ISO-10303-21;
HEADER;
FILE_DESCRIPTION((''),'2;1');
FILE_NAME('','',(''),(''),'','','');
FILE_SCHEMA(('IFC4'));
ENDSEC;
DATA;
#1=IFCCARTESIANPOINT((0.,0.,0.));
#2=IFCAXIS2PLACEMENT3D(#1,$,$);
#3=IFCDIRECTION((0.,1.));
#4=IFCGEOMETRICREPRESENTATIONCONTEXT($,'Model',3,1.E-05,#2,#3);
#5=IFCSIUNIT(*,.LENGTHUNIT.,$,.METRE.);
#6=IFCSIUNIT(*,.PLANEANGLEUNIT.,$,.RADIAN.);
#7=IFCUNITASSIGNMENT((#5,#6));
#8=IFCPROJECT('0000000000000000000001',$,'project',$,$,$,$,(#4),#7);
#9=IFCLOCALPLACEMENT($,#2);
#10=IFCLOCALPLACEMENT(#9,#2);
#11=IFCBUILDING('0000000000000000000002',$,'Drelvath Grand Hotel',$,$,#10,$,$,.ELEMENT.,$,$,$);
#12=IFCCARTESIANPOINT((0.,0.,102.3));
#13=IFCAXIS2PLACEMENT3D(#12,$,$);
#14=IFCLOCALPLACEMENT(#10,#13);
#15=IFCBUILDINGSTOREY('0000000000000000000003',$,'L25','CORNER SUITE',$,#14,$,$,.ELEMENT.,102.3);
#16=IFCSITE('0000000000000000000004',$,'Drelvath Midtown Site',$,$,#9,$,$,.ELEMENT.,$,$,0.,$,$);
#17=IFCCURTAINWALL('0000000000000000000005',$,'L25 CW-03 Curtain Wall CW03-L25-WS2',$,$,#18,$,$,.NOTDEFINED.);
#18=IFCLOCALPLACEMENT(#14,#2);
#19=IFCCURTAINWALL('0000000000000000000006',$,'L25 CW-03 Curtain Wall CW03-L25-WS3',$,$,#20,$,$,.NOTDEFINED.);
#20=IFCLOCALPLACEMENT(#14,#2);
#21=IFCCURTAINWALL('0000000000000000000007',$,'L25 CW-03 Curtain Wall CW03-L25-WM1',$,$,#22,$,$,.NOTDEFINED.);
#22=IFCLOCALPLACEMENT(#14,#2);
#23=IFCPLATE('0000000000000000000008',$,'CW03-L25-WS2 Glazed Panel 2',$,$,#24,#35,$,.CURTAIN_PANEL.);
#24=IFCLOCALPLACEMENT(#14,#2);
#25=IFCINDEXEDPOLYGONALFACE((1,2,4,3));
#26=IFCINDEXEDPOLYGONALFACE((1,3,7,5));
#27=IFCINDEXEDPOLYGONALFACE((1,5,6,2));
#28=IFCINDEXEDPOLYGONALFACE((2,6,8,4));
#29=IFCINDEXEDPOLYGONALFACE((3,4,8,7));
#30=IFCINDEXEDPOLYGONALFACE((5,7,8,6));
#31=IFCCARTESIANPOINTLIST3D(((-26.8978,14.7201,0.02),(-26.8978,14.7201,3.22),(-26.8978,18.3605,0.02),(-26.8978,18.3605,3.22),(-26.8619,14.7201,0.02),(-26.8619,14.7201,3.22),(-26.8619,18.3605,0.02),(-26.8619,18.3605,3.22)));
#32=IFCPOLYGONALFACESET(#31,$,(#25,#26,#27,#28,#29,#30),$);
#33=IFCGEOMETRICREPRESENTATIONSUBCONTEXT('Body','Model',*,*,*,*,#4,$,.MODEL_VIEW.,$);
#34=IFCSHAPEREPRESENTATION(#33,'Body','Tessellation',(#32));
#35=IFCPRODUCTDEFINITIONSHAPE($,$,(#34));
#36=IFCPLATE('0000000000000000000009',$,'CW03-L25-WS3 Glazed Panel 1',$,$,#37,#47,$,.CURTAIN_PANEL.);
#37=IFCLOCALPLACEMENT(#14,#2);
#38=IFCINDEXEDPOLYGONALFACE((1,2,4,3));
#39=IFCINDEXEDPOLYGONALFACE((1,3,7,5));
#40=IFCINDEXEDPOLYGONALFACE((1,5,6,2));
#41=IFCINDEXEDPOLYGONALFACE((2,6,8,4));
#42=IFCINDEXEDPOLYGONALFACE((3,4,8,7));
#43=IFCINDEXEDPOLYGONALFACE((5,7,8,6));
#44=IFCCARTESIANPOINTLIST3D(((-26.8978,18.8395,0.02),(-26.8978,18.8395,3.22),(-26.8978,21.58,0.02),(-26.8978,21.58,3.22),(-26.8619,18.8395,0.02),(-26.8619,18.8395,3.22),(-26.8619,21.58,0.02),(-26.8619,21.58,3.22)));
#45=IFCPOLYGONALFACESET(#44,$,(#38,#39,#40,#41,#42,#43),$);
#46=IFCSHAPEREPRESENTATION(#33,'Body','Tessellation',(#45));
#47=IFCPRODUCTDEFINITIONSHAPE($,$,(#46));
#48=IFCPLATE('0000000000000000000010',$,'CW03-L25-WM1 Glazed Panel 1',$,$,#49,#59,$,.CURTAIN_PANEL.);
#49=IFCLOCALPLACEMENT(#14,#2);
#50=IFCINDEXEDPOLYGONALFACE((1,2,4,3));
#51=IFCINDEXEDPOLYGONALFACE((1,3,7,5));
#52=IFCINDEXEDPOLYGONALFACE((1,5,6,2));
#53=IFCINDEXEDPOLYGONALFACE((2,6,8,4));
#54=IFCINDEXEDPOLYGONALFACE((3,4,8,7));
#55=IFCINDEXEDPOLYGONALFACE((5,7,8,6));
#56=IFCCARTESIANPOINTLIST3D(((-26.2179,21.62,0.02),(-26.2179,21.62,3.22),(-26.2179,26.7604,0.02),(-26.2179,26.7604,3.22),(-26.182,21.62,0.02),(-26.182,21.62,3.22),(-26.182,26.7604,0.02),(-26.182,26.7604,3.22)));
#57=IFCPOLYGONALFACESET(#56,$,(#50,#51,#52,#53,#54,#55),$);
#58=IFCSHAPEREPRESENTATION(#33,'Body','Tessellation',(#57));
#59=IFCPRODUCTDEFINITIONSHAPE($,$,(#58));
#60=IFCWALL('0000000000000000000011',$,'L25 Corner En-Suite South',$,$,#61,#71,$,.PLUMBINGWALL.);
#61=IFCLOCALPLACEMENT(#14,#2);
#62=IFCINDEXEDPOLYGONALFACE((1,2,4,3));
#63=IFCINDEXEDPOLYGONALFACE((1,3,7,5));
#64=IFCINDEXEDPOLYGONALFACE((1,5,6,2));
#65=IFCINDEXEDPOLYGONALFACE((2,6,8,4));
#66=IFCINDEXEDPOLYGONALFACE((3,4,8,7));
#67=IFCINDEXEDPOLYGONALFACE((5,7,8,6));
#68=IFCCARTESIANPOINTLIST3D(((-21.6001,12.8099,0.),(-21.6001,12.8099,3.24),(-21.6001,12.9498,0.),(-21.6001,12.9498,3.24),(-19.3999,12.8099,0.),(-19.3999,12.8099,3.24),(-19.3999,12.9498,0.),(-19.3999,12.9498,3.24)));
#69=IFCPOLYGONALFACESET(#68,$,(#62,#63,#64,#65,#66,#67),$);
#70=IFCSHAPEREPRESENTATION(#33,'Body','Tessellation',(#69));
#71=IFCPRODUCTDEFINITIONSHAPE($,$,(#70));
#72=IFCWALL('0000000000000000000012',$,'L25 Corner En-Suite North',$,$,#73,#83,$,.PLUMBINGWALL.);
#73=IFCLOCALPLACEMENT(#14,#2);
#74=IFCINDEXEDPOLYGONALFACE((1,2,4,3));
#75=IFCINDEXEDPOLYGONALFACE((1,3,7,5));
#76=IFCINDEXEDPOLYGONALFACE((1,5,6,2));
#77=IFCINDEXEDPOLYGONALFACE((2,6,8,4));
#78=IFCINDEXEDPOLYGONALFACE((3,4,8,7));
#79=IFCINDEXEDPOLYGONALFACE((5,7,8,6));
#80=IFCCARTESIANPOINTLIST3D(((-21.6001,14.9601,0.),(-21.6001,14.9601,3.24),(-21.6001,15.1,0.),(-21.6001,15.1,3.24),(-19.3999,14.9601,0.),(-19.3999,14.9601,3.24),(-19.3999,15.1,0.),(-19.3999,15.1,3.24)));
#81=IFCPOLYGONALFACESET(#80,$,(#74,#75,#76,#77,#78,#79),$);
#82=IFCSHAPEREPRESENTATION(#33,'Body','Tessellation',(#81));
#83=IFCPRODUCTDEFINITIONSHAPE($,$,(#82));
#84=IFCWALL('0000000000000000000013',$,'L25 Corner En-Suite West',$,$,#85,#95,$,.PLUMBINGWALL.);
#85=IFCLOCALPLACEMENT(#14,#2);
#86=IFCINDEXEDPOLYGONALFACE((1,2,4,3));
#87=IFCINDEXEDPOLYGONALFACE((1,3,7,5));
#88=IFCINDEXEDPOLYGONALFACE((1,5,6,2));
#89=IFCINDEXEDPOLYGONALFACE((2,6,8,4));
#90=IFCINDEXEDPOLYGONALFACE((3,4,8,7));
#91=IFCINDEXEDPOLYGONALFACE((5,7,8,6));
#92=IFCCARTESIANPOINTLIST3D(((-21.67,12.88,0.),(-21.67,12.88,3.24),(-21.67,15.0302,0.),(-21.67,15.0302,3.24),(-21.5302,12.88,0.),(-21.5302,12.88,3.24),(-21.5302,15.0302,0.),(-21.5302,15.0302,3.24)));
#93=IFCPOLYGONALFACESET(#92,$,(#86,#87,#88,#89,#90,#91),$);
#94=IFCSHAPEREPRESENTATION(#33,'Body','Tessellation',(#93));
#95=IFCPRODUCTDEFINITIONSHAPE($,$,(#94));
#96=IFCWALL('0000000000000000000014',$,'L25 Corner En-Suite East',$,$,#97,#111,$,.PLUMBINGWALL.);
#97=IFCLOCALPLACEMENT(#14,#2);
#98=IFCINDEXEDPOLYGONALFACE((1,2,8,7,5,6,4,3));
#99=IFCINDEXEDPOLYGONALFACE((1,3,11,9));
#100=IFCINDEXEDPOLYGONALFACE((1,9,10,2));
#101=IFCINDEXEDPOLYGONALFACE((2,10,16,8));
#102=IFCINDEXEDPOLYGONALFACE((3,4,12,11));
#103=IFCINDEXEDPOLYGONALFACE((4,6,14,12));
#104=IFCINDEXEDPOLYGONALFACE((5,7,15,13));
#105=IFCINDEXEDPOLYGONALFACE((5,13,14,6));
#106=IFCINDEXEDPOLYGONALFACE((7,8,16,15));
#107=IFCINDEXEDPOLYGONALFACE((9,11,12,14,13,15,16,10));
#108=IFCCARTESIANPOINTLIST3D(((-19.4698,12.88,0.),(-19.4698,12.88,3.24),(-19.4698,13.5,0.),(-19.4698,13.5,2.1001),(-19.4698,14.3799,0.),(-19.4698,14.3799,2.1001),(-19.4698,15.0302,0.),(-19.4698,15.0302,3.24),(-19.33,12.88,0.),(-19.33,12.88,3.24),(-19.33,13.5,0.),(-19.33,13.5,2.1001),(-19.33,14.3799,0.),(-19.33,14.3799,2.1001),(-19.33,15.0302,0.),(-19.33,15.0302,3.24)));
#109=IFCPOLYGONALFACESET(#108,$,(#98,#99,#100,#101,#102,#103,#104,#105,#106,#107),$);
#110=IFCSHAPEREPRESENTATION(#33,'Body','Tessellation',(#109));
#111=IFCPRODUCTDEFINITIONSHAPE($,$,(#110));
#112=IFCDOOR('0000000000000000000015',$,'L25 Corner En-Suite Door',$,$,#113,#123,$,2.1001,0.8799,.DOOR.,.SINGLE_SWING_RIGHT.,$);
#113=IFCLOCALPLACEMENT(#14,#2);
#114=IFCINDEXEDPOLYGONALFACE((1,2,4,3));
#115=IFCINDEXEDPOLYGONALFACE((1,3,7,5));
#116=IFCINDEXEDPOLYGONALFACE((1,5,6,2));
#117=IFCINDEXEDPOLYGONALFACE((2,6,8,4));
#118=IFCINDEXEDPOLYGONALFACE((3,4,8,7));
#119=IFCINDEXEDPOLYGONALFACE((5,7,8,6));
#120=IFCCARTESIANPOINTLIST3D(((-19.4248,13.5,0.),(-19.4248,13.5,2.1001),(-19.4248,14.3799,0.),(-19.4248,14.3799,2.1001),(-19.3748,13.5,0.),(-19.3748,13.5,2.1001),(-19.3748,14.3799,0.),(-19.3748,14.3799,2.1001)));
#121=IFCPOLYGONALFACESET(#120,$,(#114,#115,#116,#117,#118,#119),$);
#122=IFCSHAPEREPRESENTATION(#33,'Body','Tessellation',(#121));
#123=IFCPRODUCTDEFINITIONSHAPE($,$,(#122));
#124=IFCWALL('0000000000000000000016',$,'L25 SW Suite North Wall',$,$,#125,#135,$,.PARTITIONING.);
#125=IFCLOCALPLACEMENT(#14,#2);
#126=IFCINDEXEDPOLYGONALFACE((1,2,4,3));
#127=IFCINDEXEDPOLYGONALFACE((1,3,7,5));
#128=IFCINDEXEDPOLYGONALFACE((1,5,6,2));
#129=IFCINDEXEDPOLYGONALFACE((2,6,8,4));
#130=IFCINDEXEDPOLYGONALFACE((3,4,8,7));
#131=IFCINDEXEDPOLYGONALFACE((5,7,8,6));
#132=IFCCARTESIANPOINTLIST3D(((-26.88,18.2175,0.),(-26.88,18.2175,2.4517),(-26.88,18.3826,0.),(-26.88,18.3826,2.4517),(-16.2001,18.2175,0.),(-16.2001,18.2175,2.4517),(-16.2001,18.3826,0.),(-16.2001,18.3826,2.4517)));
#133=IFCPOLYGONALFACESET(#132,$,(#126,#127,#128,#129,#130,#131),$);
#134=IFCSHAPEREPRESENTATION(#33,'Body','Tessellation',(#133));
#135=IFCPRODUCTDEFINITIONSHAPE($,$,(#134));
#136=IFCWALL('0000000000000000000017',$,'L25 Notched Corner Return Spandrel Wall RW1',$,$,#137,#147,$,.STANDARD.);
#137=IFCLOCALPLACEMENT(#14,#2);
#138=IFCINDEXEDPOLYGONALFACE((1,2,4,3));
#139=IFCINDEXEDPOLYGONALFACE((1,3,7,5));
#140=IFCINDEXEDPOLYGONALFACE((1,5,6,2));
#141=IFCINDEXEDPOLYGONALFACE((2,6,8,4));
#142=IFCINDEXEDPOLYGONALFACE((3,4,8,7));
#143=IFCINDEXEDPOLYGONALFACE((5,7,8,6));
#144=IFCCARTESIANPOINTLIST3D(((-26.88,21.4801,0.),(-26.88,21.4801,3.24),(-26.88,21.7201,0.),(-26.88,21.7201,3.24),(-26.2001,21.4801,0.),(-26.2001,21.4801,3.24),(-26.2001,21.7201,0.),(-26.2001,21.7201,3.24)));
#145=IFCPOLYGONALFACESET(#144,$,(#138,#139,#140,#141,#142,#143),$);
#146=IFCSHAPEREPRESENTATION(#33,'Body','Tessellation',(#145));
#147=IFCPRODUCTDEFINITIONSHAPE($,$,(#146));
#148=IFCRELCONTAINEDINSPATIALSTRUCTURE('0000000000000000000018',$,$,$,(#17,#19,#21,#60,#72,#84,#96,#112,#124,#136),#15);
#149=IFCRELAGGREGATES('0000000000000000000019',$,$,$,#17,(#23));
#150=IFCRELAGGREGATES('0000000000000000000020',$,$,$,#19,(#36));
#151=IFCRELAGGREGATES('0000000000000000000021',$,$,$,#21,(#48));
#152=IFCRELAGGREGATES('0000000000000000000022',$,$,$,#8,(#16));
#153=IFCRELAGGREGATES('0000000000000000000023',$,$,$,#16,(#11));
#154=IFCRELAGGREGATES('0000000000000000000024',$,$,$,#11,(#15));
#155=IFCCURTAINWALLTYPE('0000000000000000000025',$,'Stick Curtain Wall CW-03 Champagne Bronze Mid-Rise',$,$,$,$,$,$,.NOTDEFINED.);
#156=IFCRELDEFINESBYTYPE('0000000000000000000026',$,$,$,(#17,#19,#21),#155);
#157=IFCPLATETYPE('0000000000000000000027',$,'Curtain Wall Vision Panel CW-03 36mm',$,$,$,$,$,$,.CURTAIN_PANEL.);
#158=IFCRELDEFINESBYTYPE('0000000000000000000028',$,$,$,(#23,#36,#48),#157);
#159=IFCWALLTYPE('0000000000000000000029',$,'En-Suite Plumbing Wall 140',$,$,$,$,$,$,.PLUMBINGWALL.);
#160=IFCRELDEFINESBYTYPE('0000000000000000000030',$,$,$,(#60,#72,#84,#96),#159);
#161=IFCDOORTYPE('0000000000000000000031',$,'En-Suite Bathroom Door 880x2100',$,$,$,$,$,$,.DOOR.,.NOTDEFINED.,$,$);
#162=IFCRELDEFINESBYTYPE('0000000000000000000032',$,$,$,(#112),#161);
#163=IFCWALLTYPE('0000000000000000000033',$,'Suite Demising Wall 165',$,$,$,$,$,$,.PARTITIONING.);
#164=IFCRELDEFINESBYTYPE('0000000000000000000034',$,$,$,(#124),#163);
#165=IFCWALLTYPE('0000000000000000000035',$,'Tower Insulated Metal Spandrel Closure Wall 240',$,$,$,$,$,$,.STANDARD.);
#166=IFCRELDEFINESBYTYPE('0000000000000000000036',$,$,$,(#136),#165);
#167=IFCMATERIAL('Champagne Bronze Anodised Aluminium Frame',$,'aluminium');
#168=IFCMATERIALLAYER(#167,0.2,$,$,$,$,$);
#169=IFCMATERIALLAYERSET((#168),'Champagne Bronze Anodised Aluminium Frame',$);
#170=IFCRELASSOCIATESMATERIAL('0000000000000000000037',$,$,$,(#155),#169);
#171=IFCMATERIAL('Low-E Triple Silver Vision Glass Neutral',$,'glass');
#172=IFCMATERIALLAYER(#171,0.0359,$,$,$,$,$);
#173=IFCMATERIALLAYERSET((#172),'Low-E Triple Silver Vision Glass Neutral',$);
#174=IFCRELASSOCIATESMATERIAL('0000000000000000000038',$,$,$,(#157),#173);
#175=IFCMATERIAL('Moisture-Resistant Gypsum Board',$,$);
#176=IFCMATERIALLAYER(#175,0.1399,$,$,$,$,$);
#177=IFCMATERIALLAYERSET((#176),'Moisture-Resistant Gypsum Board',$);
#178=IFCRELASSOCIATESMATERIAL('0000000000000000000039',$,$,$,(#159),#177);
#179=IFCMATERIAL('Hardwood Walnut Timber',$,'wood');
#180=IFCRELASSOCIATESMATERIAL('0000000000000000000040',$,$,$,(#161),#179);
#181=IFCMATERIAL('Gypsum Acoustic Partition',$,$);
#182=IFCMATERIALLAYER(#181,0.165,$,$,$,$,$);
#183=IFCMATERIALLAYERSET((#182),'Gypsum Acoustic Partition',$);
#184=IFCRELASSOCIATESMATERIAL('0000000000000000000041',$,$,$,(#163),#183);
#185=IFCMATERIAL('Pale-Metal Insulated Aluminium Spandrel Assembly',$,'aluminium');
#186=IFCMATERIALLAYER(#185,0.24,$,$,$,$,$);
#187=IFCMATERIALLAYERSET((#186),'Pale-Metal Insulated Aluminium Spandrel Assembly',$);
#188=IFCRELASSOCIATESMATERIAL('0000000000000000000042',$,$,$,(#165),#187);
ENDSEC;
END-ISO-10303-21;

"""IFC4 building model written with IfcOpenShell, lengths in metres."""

from ifc_helpers import new_model, si_unit, direction, frame, frame_2d, origin, origin_2d, place, context, subcontext, project, spatial, rectangle, extrude, material, layer, layer_set, type_object, element, fill, aggregate, save


model = new_model("IFC4")

# Units and contexts
model_context = context("Model", 3, precision=1e-05, world=origin(), true_north=direction((0.0, 1.0)))
body_context = subcontext(model_context, "Body", "Model", "MODEL_VIEW")
ifc_project = project(units=[si_unit("LENGTHUNIT", "METRE"), si_unit("PLANEANGLEUNIT", "RADIAN")], contexts=[model_context])

# Site, building, storey
site_placement = place(None, origin())
site = spatial("IfcSite", under=ifc_project, at=site_placement, Name="Drelvath Midtown Site", CompositionType="ELEMENT", RefElevation=0.0)
building_placement = place(site_placement, origin())
building = spatial("IfcBuilding", under=site, at=building_placement, Name="Drelvath Grand Hotel", CompositionType="ELEMENT")
storey_placement = place(building_placement, frame((0.0, 0.0, 102.3)))
storey = spatial("IfcBuildingStorey", under=building, at=storey_placement, Name="L25", Description="CORNER SUITE", CompositionType="ELEMENT", Elevation=102.3)

# Curtain walls
ifc_material_1 = material(Name="Champagne Bronze Anodised Aluminium Frame", Category="aluminium")
ifc_layer_1 = layer(ifc_material_1, 0.2)
ifc_layer_set_1 = layer_set([ifc_layer_1], Name="Champagne Bronze Anodised Aluminium Frame")
curtain_wall_type = type_object("IfcCurtainWallType", Name="Stick Curtain Wall CW-03 Champagne Bronze Mid-Rise", PredefinedType="NOTDEFINED", material=ifc_layer_set_1)
curtain_wall_1_placement = place(storey_placement, origin())
curtain_wall_1 = element("IfcCurtainWall", 1, at=curtain_wall_1_placement, inside=storey, type_object=curtain_wall_type, Name="L25 CW-03 Curtain Wall CW03-L25-WS2", PredefinedType="NOTDEFINED")
curtain_wall_2_placement = place(storey_placement, origin())
curtain_wall_2 = element("IfcCurtainWall", 2, at=curtain_wall_2_placement, inside=storey, type_object=curtain_wall_type, Name="L25 CW-03 Curtain Wall CW03-L25-WS3", PredefinedType="NOTDEFINED")
curtain_wall_3_placement = place(storey_placement, origin())
curtain_wall_3 = element("IfcCurtainWall", 3, at=curtain_wall_3_placement, inside=storey, type_object=curtain_wall_type, Name="L25 CW-03 Curtain Wall CW03-L25-WM1", PredefinedType="NOTDEFINED")

# Plates
ifc_material_2 = material(Name="Low-E Triple Silver Vision Glass Neutral", Category="glass")
ifc_layer_2 = layer(ifc_material_2, 0.0359)
ifc_layer_set_2 = layer_set([ifc_layer_2], Name="Low-E Triple Silver Vision Glass Neutral")
plate_type = type_object("IfcPlateType", Name="Curtain Wall Vision Panel CW-03 36mm", PredefinedType="CURTAIN_PANEL", material=ifc_layer_set_2)
plate_1_placement = place(storey_placement, frame((-26.8799, 16.5403, 0.02), z_axis=(0.0, 0.0, 1.0), x_axis=(0.0, 1.0, 0.0)))
plate_1 = element("IfcPlate", 4, at=plate_1_placement, type_object=plate_type, Name="CW03-L25-WS2 Glazed Panel 2", PredefinedType="CURTAIN_PANEL", context=body_context, shape_type="SweptSolid", body=[
    extrude(rectangle(XDim=3.6404, YDim=0.0359, at=origin_2d()), origin(), (0.0, 0.0, 1.0), 3.2),
])
aggregate(curtain_wall_1, [plate_1])
plate_2_placement = place(storey_placement, frame((-26.8799, 20.2097, 0.02), z_axis=(0.0, 0.0, 1.0), x_axis=(0.0, 1.0, 0.0)))
plate_2 = element("IfcPlate", 5, at=plate_2_placement, type_object=plate_type, Name="CW03-L25-WS3 Glazed Panel 1", PredefinedType="CURTAIN_PANEL", context=body_context, shape_type="SweptSolid", body=[
    extrude(rectangle(XDim=2.7405, YDim=0.0359, at=origin_2d()), origin(), (0.0, 0.0, 1.0), 3.2),
])
aggregate(curtain_wall_2, [plate_2])
plate_3_placement = place(storey_placement, frame((-26.2, 24.1902, 0.02), z_axis=(0.0, 0.0, 1.0), x_axis=(0.0, 1.0, 0.0)))
plate_3 = element("IfcPlate", 6, at=plate_3_placement, type_object=plate_type, Name="CW03-L25-WM1 Glazed Panel 1", PredefinedType="CURTAIN_PANEL", context=body_context, shape_type="SweptSolid", body=[
    extrude(rectangle(XDim=5.1404, YDim=0.0359, at=origin_2d()), origin(), (0.0, 0.0, 1.0), 3.2),
])
aggregate(curtain_wall_3, [plate_3])

# Walls
ifc_material_3 = material(Name="Moisture-Resistant Gypsum Board")
ifc_layer_3 = layer(ifc_material_3, 0.1399)
ifc_layer_set_3 = layer_set([ifc_layer_3], Name="Moisture-Resistant Gypsum Board")
wall_type_1 = type_object("IfcWallType", Name="En-Suite Plumbing Wall 140", PredefinedType="PLUMBINGWALL", material=ifc_layer_set_3)
for number, where, z_axis, x_axis, name in (
    (7, (-21.6001, 12.8799, 0.0), (0.0, 0.0, 1.0), (1.0, 0.0, 0.0), "L25 Corner En-Suite South"),
    (8, (-21.6001, 15.03, 0.0), (0.0, 0.0, 1.0), (1.0, 0.0, 0.0), "L25 Corner En-Suite North"),
):
    element("IfcWall", number, at=place(storey_placement, frame(where, z_axis=z_axis, x_axis=x_axis)), inside=storey, type_object=wall_type_1, Name=name, PredefinedType="PLUMBINGWALL", context=body_context, shape_type="SweptSolid", body=[
        extrude(rectangle(XDim=2.2002, YDim=0.1399, at=frame_2d((1.1001, 0.0))), origin(), (0.0, 0.0, 1.0), 3.24),
    ])
wall_1_placement = place(storey_placement, frame((-21.6001, 12.8799, 0.0), z_axis=(0.0, 0.0, 1.0), x_axis=(0.0, 1.0, 0.0)))
element("IfcWall", 9, at=wall_1_placement, inside=storey, type_object=wall_type_1, Name="L25 Corner En-Suite West", PredefinedType="PLUMBINGWALL", context=body_context, shape_type="SweptSolid", body=[
    extrude(rectangle(XDim=2.1501, YDim=0.1399, at=frame_2d((1.0752, 0.0))), origin(), (0.0, 0.0, 1.0), 3.24),
])

# Wall, opening, door
wall_2_placement = place(storey_placement, frame((-19.3999, 12.8799, 0.0), z_axis=(0.0, 0.0, 1.0), x_axis=(0.0, 1.0, 0.0)))
wall_2 = element("IfcWall", 10, at=wall_2_placement, inside=storey, type_object=wall_type_1, Name="L25 Corner En-Suite East", PredefinedType="PLUMBINGWALL", context=body_context, shape_type="SweptSolid", body=[
    extrude(rectangle(XDim=2.1501, YDim=0.1399, at=frame_2d((1.0752, 0.0))), origin(), (0.0, 0.0, 1.0), 3.24),
])
opening_placement = place(wall_2_placement, frame((0.6201, 0.0, 0.0)))
opening = element("IfcOpeningElement", 11, at=opening_placement, cuts=wall_2, PredefinedType="OPENING", context=body_context, shape_type="SweptSolid", body=[
    extrude(rectangle(XDim=0.8799, YDim=2.1001, at=frame_2d((0.4399, 1.05))), frame((0.0, 0.0798, 0.0), z_axis=(0.0, -1.0, 0.0), x_axis=(1.0, 0.0, 0.0)), (0.0, 0.0, 1.0), 0.1599),
])
ifc_material_4 = material(Name="Hardwood Walnut Timber", Category="wood")
door_type = type_object("IfcDoorType", Name="En-Suite Bathroom Door 880x2100", OperationType="NOTDEFINED", PredefinedType="DOOR", material=ifc_material_4)
door_placement = place(opening_placement, origin())
door = element("IfcDoor", 12, at=door_placement, inside=storey, type_object=door_type, Name="L25 Corner En-Suite Door", OperationType="SINGLE_SWING_RIGHT", OverallHeight=2.1001, OverallWidth=0.8799, PredefinedType="DOOR", context=body_context, shape_type="SweptSolid", body=[
    extrude(rectangle(XDim=0.8799, YDim=2.1001, at=frame_2d((0.4399, 1.05))), frame((0.0, 0.0249, 0.0), z_axis=(0.0, -1.0, 0.0), x_axis=(1.0, 0.0, 0.0)), (0.0, 0.0, 1.0), 0.05),
])
fill(opening, door)

# Walls
ifc_material_5 = material(Name="Gypsum Acoustic Partition")
ifc_layer_4 = layer(ifc_material_5, 0.165)
ifc_layer_set_4 = layer_set([ifc_layer_4], Name="Gypsum Acoustic Partition")
wall_type_2 = type_object("IfcWallType", Name="Suite Demising Wall 165", PredefinedType="PARTITIONING", material=ifc_layer_set_4)
wall_3_placement = place(storey_placement, frame((-26.8799, 18.3, 0.0), z_axis=(0.0, 0.0, 1.0), x_axis=(1.0, 0.0, 0.0)))
element("IfcWall", 13, at=wall_3_placement, inside=storey, type_object=wall_type_2, Name="L25 SW Suite North Wall", PredefinedType="PARTITIONING", context=body_context, shape_type="SweptSolid", body=[
    extrude(rectangle(XDim=10.6799, YDim=0.165, at=frame_2d((5.3398, 0.0))), origin(), (0.0, 0.0, 1.0), 2.4517),
])
ifc_material_6 = material(Name="Pale-Metal Insulated Aluminium Spandrel Assembly", Category="aluminium")
ifc_layer_5 = layer(ifc_material_6, 0.24)
ifc_layer_set_5 = layer_set([ifc_layer_5], Name="Pale-Metal Insulated Aluminium Spandrel Assembly")
wall_type_3 = type_object("IfcWallType", Name="Tower Insulated Metal Spandrel Closure Wall 240", PredefinedType="STANDARD", material=ifc_layer_set_5)
wall_4_placement = place(storey_placement, frame((-26.8799, 21.6001, 0.0), z_axis=(0.0, 0.0, 1.0), x_axis=(1.0, 0.0, 0.0)))
element("IfcWall", 14, at=wall_4_placement, inside=storey, type_object=wall_type_3, Name="L25 Notched Corner Return Spandrel Wall RW1", PredefinedType="STANDARD", context=body_context, shape_type="SweptSolid", body=[
    extrude(rectangle(XDim=0.6799, YDim=0.24, at=frame_2d((0.3398, 0.0))), origin(), (0.0, 0.0, 1.0), 3.24),
])

save(model, "model.ifc")
